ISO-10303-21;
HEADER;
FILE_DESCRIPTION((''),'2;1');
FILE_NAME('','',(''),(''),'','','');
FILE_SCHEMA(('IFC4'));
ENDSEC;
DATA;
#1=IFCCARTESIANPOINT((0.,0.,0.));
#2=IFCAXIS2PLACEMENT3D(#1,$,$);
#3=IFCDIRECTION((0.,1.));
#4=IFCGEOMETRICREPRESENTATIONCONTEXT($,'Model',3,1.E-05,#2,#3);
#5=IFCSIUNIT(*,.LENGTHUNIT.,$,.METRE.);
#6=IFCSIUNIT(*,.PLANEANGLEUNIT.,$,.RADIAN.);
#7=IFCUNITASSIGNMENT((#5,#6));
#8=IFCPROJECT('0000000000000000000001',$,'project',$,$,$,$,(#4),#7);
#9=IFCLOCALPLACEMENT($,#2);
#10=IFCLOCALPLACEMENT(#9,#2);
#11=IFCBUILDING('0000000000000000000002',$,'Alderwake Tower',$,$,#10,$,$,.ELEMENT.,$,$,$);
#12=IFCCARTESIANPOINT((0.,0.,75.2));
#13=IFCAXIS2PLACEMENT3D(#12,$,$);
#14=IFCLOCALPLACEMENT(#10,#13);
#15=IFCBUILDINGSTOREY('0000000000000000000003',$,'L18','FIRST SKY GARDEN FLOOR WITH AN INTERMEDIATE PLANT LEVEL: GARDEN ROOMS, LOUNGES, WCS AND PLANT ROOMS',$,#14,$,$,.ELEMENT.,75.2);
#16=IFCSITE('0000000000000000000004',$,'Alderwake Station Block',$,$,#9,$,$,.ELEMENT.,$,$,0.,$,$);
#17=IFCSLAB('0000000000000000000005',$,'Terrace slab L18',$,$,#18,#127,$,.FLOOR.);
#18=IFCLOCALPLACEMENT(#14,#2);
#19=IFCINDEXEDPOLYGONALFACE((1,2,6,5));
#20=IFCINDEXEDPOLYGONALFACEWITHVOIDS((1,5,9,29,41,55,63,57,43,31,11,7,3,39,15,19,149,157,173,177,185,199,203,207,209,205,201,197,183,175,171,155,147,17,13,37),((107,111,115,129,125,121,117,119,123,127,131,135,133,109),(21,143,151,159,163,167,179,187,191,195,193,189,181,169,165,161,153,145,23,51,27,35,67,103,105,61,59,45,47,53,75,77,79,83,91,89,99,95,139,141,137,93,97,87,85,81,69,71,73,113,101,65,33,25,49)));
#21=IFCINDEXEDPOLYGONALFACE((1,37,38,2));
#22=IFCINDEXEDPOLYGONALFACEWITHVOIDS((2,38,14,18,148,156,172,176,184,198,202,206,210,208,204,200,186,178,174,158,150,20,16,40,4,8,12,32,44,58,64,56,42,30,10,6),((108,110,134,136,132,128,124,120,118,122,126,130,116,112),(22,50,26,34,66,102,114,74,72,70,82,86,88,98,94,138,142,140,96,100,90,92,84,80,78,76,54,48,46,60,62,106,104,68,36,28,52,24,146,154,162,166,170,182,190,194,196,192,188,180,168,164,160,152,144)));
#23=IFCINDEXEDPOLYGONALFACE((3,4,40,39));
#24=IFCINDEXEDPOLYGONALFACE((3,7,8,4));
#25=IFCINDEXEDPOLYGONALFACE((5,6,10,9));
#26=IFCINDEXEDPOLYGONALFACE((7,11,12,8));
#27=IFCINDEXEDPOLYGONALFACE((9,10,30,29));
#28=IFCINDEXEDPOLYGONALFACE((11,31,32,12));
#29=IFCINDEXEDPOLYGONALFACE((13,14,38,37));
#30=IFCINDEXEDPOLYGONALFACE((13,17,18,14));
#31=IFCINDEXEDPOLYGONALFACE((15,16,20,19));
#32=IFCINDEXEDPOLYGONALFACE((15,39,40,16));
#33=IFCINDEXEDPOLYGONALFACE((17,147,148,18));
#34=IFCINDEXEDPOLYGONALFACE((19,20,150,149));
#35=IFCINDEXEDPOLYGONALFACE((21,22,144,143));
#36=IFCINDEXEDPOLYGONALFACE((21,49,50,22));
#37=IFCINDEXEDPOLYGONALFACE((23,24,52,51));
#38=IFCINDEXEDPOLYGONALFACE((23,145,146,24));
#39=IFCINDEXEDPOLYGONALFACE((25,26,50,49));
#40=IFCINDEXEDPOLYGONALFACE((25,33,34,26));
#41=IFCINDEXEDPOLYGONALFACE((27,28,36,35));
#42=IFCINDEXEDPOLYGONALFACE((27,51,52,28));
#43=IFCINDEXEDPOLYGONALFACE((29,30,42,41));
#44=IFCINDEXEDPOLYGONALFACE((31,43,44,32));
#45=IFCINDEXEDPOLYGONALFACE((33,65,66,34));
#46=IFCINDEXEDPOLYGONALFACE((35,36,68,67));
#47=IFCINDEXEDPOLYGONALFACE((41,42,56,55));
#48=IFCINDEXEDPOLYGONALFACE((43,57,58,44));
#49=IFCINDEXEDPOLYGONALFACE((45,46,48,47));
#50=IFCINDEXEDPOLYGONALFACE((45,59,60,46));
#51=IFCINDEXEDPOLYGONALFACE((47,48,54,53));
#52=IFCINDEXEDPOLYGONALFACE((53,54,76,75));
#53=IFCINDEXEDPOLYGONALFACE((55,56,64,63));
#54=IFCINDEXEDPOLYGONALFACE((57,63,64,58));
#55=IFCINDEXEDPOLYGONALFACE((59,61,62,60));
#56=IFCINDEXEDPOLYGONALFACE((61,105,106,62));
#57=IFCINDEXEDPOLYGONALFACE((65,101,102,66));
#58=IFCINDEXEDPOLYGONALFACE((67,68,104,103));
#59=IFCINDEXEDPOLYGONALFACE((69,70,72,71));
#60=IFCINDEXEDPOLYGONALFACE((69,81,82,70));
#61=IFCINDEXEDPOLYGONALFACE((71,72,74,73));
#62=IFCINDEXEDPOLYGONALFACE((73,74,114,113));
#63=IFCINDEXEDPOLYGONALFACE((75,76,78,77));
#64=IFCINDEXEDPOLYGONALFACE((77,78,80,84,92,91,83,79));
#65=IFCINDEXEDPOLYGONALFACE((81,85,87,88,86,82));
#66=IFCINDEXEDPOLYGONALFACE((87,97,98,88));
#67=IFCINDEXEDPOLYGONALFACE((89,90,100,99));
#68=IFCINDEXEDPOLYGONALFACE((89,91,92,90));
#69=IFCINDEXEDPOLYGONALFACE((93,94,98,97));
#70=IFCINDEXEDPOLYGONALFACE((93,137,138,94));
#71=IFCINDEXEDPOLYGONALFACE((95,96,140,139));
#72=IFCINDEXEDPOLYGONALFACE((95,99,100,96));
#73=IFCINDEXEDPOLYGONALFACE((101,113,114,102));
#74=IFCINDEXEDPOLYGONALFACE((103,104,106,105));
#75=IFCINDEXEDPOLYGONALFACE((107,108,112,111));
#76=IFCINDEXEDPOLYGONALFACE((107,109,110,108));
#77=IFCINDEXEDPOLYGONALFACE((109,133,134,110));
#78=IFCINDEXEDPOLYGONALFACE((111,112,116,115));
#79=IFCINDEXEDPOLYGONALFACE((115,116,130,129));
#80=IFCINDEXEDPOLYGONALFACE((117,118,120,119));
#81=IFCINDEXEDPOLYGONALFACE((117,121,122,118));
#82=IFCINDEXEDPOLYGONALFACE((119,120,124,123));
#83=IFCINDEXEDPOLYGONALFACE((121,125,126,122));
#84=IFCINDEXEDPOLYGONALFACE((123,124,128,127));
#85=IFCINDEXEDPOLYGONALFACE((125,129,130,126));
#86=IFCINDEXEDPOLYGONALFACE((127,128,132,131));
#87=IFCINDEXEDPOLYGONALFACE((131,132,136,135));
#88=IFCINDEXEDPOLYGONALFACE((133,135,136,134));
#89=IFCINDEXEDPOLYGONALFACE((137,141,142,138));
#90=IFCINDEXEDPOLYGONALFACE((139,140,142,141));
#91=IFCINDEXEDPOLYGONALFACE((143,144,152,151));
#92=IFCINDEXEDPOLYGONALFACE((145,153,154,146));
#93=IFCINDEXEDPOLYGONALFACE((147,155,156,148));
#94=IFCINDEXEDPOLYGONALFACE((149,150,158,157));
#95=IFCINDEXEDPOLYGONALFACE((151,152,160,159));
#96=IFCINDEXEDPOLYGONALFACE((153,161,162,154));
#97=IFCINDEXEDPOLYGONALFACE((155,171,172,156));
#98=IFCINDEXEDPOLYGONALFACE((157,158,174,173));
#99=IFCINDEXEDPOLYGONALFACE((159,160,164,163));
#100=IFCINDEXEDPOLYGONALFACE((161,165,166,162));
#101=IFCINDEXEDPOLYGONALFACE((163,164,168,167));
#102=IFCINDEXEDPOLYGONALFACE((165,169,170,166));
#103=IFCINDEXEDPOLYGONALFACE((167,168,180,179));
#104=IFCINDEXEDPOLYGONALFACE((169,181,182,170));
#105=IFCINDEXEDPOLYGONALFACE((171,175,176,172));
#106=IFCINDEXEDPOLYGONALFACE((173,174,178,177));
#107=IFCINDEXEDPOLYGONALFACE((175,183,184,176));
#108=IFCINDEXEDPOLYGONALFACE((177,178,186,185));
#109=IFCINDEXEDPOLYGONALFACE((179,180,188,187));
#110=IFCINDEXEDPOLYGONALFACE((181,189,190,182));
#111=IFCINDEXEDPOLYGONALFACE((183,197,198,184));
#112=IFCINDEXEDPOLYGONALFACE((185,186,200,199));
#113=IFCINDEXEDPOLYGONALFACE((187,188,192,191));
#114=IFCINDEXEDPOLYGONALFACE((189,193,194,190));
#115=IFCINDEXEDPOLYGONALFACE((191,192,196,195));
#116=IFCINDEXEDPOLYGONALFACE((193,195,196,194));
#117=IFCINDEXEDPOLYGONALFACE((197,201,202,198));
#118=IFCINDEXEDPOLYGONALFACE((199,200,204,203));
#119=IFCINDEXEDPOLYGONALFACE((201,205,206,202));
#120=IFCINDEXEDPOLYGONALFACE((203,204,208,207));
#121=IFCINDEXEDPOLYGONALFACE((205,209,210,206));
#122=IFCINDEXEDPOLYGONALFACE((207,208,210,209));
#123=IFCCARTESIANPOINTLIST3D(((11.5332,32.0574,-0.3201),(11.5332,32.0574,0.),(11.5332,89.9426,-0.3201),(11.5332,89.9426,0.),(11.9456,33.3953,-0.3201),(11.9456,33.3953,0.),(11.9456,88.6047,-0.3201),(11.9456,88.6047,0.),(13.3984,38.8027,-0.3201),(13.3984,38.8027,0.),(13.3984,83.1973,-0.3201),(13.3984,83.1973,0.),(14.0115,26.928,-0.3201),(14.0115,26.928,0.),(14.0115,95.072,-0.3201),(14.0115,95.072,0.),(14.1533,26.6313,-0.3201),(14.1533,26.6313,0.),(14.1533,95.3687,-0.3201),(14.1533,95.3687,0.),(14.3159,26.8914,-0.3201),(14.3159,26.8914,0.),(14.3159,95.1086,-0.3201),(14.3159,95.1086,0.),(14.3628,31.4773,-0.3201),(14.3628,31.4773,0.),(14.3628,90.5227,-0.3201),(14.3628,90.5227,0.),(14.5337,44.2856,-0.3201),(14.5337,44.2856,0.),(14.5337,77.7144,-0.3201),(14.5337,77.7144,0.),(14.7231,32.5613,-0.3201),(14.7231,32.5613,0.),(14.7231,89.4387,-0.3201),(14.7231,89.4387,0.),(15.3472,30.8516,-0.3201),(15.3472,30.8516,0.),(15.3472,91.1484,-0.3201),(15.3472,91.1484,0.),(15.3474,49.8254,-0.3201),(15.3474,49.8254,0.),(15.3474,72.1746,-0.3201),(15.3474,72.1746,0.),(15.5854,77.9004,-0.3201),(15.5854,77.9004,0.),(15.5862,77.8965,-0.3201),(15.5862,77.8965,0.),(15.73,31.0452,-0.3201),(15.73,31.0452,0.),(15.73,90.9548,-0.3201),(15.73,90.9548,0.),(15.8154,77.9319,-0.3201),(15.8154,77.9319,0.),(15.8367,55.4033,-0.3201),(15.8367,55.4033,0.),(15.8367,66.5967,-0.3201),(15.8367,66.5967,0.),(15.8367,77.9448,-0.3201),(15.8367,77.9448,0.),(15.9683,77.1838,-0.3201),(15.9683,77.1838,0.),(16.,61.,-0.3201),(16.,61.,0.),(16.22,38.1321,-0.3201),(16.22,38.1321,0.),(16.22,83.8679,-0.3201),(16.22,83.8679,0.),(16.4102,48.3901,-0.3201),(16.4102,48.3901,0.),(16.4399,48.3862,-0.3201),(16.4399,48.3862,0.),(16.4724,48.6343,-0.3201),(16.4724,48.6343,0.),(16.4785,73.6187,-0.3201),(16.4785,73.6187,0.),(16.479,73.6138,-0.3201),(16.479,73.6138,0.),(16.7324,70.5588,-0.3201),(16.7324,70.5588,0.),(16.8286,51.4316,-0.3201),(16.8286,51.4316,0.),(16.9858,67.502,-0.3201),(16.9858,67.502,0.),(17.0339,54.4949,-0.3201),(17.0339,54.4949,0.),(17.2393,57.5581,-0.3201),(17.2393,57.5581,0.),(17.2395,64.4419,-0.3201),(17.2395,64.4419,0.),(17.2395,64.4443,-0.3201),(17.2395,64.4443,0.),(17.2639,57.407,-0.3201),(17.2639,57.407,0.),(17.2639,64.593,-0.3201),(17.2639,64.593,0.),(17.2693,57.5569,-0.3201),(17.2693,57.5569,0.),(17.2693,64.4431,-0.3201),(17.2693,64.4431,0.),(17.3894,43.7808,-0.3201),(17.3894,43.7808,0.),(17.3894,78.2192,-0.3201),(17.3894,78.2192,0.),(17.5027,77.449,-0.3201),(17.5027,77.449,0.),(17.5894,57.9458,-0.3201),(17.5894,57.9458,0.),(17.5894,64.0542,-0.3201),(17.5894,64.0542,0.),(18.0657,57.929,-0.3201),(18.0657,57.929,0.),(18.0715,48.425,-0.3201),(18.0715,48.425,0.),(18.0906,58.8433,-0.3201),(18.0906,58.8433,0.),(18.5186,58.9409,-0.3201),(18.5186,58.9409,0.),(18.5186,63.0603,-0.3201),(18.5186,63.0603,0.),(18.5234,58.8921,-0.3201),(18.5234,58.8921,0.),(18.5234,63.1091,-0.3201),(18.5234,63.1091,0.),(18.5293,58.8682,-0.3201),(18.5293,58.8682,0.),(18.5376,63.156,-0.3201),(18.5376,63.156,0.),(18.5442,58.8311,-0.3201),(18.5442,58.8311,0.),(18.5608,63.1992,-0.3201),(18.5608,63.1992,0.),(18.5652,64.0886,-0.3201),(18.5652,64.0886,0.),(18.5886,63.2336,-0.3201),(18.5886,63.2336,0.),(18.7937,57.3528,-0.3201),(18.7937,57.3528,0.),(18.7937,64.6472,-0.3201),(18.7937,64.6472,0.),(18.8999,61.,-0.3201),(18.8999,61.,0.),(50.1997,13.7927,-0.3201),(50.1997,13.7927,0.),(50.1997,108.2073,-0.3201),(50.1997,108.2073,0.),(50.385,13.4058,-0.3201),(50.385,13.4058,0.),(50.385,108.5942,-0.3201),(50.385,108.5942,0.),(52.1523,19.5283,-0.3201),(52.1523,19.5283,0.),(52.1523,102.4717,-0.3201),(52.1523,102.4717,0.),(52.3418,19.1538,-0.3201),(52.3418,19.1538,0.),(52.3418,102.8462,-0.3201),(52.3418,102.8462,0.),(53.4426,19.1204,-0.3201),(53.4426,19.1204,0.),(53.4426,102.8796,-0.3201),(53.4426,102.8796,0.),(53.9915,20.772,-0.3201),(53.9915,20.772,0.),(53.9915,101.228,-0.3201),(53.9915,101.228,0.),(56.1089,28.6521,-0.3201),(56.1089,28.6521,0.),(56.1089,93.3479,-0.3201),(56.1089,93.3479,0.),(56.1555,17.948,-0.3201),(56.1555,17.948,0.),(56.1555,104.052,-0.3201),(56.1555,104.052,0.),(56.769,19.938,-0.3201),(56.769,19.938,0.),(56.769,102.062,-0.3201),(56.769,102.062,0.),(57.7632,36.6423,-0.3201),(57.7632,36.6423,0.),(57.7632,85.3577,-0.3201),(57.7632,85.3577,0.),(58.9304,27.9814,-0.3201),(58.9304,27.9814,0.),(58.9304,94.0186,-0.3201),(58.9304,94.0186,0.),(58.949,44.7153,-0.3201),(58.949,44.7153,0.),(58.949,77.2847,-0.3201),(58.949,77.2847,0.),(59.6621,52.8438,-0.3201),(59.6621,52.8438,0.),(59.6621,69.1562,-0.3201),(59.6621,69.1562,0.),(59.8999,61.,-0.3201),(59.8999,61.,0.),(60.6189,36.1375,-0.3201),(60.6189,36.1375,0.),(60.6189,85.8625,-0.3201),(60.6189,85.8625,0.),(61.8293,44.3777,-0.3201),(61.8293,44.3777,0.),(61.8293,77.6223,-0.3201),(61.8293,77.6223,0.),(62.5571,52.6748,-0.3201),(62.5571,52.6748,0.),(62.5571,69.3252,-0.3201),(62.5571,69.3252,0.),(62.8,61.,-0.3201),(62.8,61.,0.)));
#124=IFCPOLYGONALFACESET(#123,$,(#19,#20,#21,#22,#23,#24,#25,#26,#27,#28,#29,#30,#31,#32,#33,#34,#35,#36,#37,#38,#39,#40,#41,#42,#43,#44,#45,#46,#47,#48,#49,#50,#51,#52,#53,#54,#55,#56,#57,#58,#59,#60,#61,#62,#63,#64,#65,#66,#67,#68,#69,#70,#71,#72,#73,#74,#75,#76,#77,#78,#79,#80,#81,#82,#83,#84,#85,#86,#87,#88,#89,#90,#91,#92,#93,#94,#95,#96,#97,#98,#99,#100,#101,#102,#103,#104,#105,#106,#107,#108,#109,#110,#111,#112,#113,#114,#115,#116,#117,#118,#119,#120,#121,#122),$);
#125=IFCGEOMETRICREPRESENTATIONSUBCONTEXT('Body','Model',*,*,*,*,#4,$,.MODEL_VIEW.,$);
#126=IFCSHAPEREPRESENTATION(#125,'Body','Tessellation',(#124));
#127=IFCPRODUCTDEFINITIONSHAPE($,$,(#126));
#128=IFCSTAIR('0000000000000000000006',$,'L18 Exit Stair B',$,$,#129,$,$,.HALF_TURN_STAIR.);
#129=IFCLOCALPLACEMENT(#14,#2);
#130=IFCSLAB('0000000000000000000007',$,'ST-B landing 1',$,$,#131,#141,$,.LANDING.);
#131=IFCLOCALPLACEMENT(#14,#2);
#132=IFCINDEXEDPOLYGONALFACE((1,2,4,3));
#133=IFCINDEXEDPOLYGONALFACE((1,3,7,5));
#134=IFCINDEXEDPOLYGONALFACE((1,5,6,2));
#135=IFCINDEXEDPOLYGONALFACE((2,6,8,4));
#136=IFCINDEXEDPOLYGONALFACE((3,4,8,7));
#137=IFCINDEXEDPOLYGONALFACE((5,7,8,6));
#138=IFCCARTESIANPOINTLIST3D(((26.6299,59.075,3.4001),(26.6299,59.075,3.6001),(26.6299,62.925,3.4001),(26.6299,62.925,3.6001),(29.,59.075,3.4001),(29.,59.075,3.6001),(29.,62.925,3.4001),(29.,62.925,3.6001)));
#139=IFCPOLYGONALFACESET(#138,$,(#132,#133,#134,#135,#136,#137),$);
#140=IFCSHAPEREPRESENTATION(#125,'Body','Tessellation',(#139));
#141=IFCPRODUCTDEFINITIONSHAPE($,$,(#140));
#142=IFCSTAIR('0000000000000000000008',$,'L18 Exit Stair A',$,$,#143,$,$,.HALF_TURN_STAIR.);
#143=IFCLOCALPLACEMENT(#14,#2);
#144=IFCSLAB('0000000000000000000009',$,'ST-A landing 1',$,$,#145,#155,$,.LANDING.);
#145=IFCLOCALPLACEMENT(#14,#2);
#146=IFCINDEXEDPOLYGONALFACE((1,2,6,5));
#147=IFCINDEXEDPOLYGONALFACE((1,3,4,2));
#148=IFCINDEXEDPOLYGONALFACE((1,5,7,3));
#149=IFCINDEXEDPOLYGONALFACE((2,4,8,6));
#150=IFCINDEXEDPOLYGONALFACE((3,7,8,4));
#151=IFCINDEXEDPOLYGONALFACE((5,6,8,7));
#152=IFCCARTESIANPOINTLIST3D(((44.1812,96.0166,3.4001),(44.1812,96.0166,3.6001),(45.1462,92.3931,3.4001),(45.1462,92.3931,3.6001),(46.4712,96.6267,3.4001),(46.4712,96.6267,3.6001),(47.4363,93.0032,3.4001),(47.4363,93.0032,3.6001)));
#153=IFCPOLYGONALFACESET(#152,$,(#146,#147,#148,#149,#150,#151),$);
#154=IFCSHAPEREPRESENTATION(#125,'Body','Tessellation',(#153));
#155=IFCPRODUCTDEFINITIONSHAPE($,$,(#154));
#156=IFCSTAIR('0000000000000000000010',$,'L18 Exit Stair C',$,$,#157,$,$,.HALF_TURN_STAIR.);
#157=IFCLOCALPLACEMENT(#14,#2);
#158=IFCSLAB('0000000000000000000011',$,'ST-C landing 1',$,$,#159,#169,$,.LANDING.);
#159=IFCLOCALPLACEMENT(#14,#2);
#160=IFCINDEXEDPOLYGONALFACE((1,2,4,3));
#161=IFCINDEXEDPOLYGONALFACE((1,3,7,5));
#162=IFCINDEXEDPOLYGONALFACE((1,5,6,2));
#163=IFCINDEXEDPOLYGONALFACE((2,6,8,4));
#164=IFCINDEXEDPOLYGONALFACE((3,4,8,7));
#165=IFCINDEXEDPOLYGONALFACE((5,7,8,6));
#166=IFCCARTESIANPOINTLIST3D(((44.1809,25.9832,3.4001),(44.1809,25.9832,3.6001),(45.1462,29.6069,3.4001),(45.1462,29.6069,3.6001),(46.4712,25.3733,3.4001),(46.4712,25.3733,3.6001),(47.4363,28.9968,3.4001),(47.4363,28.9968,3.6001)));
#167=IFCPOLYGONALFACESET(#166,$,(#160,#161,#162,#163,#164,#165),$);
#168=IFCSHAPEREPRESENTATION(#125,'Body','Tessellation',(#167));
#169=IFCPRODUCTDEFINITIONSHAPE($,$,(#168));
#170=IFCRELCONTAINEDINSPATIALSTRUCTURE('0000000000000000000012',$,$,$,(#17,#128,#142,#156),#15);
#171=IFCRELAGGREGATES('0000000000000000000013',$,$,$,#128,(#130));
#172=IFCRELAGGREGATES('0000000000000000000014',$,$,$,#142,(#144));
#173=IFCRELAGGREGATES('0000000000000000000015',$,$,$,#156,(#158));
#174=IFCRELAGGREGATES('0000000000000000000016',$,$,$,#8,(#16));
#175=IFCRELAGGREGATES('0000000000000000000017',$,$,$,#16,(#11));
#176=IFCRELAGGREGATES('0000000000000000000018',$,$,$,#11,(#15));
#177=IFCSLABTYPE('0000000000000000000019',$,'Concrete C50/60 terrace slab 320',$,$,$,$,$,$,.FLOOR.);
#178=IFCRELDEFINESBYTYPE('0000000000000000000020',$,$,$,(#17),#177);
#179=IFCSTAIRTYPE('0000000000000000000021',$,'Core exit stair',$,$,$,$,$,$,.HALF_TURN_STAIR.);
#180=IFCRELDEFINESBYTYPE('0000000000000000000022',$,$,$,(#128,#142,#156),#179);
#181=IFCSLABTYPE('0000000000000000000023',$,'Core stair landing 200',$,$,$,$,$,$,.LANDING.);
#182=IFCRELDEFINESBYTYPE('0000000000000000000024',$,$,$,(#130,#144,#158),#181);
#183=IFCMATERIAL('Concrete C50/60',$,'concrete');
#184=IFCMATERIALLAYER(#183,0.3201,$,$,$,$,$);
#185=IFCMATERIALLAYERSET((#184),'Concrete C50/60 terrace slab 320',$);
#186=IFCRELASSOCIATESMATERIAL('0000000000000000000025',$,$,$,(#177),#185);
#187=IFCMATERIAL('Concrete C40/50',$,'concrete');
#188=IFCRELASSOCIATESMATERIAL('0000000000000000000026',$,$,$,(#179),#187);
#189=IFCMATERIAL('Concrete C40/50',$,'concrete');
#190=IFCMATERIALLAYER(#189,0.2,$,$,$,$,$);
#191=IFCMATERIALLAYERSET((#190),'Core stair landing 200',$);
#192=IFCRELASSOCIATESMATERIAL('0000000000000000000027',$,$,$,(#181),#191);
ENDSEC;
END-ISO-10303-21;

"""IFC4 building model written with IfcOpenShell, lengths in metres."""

from ifc_helpers import new_model, si_unit, direction, frame, origin, place, context, subcontext, project, spatial, polyline, outline, extrude, material, layer, layer_set, type_object, element, aggregate, save


model = new_model("IFC4")

# Units and contexts
model_context = context("Model", 3, precision=1e-05, world=origin(), true_north=direction((0.0, 1.0)))
body_context = subcontext(model_context, "Body", "Model", "MODEL_VIEW")
ifc_project = project(units=[si_unit("LENGTHUNIT", "METRE"), si_unit("PLANEANGLEUNIT", "RADIAN")], contexts=[model_context])

# Site, building, storey
site_placement = place(None, origin())
site = spatial("IfcSite", under=ifc_project, at=site_placement, Name="Alderwake Station Block", CompositionType="ELEMENT", RefElevation=0.0)
building_placement = place(site_placement, origin())
building = spatial("IfcBuilding", under=site, at=building_placement, Name="Alderwake Tower", CompositionType="ELEMENT")
storey_placement = place(building_placement, frame((0.0, 0.0, 75.2)))
storey = spatial("IfcBuildingStorey", under=building, at=storey_placement, Name="L18", Description="FIRST SKY GARDEN FLOOR WITH AN INTERMEDIATE PLANT LEVEL: GARDEN ROOMS, LOUNGES, WCS AND PLANT ROOMS", CompositionType="ELEMENT", Elevation=75.2)

# Slab
ifc_material_1 = material(Name="Concrete C50/60", Category="concrete")
ifc_layer_1 = layer(ifc_material_1, 0.3201)
ifc_layer_set_1 = layer_set([ifc_layer_1], Name="Concrete C50/60 terrace slab 320")
slab_type_1 = type_object("IfcSlabType", Name="Concrete C50/60 terrace slab 320", PredefinedType="FLOOR", material=ifc_layer_set_1)
slab_1_placement = place(storey_placement, frame((0.0, 0.0, -0.3201)))
element("IfcSlab", 1, at=slab_1_placement, inside=storey, type_object=slab_type_1, Name="Terrace slab L18", PredefinedType="FLOOR", context=body_context, shape_type="SweptSolid", body=[
    extrude(outline(polyline([(11.9456, 33.3953), (13.3984, 38.8027), (14.5337, 44.2856), (15.3474, 49.8254), (15.8367, 55.4033), (16.0, 61.0), (15.8367, 66.5967), (15.3474, 72.1746), (14.5337, 77.7144), (13.3984, 83.1973), (11.9456, 88.6047), (11.5332, 89.9426), (15.3472, 91.1484), (14.0115, 95.072), (14.1533, 95.3687), (50.385, 108.5942), (52.3418, 102.8462), (56.1555, 104.052), (56.769, 102.062), (58.9304, 94.0186), (60.6189, 85.8625), (61.8293, 77.6223), (62.5571, 69.3252), (62.8, 61.0), (62.5571, 52.6748), (61.8293, 44.3777), (60.6189, 36.1375), (58.9304, 27.9814), (56.769, 19.938), (56.1555, 17.948), (52.3418, 19.1538), (50.385, 13.4058), (14.1533, 26.6313), (14.0115, 26.928), (15.3472, 30.8516), (11.5332, 32.0574), (11.9456, 33.3953)]), holes=[polyline([(52.1523, 19.5283), (53.4426, 19.1204), (53.9915, 20.772), (56.1089, 28.6521), (57.7632, 36.6423), (58.949, 44.7153), (59.6621, 52.8438), (59.8999, 61.0), (59.6621, 69.1562), (58.949, 77.2847), (57.7632, 85.3577), (56.1089, 93.3479), (53.9915, 101.228), (53.4426, 102.8796), (52.1523, 102.4717), (50.1997, 108.2073), (14.3159, 95.1086), (15.73, 90.9548), (14.3628, 90.5227), (14.7231, 89.4387), (16.22, 83.8679), (17.3894, 78.2192), (17.5027, 77.449), (15.9683, 77.1838), (15.8367, 77.9448), (15.5854, 77.9004), (15.5862, 77.8965), (15.8154, 77.9319), (16.4785, 73.6187), (16.479, 73.6138), (16.7324, 70.5588), (16.9858, 67.502), (17.2395, 64.4443), (17.2395, 64.4419), (17.2693, 64.4431), (17.2639, 64.593), (18.7937, 64.6472), (18.8999, 61.0), (18.7937, 57.3528), (17.2639, 57.407), (17.2693, 57.5569), (17.2393, 57.5581), (17.0339, 54.4949), (16.8286, 51.4316), (16.8286, 51.4316), (16.4102, 48.3901), (16.4399, 48.3862), (16.4724, 48.6343), (18.0715, 48.425), (17.3894, 43.7808), (16.22, 38.1321), (14.7231, 32.5613), (14.3628, 31.4773), (15.73, 31.0452), (14.3159, 26.8914), (50.1997, 13.7927), (52.1523, 19.5283)]), polyline([(17.5894, 64.0542), (17.5894, 57.9458), (18.0657, 57.929), (18.0906, 58.8433), (18.5442, 58.8311), (18.5293, 58.8682), (18.5234, 58.8921), (18.5186, 58.9409), (18.5186, 63.0603), (18.5234, 63.1091), (18.5376, 63.156), (18.5608, 63.1992), (18.5886, 63.2336), (18.5652, 64.0886), (17.5894, 64.0542)])]), origin(), (0.0, 0.0, 1.0), 0.3201),
])

# Stairs, slabs
ifc_material_2 = material(Name="Concrete C40/50", Category="concrete")
stair_type = type_object("IfcStairType", Name="Core exit stair", PredefinedType="HALF_TURN_STAIR", material=ifc_material_2)
stair_1_placement = place(storey_placement, origin())
stair_1 = element("IfcStair", 2, at=stair_1_placement, inside=storey, type_object=stair_type, Name="L18 Exit Stair B", PredefinedType="HALF_TURN_STAIR")
ifc_material_3 = material(Name="Concrete C40/50", Category="concrete")
ifc_layer_2 = layer(ifc_material_3, 0.2)
ifc_layer_set_2 = layer_set([ifc_layer_2], Name="Core stair landing 200")
slab_type_2 = type_object("IfcSlabType", Name="Core stair landing 200", PredefinedType="LANDING", material=ifc_layer_set_2)
slab_2_placement = place(storey_placement, frame((0.0, 0.0, 3.4001)))
slab_2 = element("IfcSlab", 3, at=slab_2_placement, type_object=slab_type_2, Name="ST-B landing 1", PredefinedType="LANDING", context=body_context, shape_type="SweptSolid", body=[
    extrude(outline(polyline([(26.6299, 59.075), (29.0, 59.075), (29.0, 62.925), (26.6299, 62.925), (26.6299, 59.075)])), origin(), (0.0, 0.0, 1.0), 0.2),
])
aggregate(stair_1, [slab_2])
stair_2_placement = place(storey_placement, origin())
stair_2 = element("IfcStair", 4, at=stair_2_placement, inside=storey, type_object=stair_type, Name="L18 Exit Stair A", PredefinedType="HALF_TURN_STAIR")
slab_3_placement = place(storey_placement, frame((0.0, 0.0, 3.4001)))
slab_3 = element("IfcSlab", 5, at=slab_3_placement, type_object=slab_type_2, Name="ST-A landing 1", PredefinedType="LANDING", context=body_context, shape_type="SweptSolid", body=[
    extrude(outline(polyline([(45.1462, 92.3931), (47.4363, 93.0032), (46.4712, 96.6267), (44.1812, 96.0166), (45.1462, 92.3931)])), origin(), (0.0, 0.0, 1.0), 0.2),
])
aggregate(stair_2, [slab_3])
stair_3_placement = place(storey_placement, origin())
stair_3 = element("IfcStair", 6, at=stair_3_placement, inside=storey, type_object=stair_type, Name="L18 Exit Stair C", PredefinedType="HALF_TURN_STAIR")
slab_4_placement = place(storey_placement, frame((0.0, 0.0, 3.4001)))
slab_4 = element("IfcSlab", 7, at=slab_4_placement, type_object=slab_type_2, Name="ST-C landing 1", PredefinedType="LANDING", context=body_context, shape_type="SweptSolid", body=[
    extrude(outline(polyline([(44.1809, 25.9832), (46.4712, 25.3733), (47.4363, 28.9968), (45.1462, 29.6069), (44.1809, 25.9832)])), origin(), (0.0, 0.0, 1.0), 0.2),
])
aggregate(stair_3, [slab_4])

save(model, "model.ifc")
